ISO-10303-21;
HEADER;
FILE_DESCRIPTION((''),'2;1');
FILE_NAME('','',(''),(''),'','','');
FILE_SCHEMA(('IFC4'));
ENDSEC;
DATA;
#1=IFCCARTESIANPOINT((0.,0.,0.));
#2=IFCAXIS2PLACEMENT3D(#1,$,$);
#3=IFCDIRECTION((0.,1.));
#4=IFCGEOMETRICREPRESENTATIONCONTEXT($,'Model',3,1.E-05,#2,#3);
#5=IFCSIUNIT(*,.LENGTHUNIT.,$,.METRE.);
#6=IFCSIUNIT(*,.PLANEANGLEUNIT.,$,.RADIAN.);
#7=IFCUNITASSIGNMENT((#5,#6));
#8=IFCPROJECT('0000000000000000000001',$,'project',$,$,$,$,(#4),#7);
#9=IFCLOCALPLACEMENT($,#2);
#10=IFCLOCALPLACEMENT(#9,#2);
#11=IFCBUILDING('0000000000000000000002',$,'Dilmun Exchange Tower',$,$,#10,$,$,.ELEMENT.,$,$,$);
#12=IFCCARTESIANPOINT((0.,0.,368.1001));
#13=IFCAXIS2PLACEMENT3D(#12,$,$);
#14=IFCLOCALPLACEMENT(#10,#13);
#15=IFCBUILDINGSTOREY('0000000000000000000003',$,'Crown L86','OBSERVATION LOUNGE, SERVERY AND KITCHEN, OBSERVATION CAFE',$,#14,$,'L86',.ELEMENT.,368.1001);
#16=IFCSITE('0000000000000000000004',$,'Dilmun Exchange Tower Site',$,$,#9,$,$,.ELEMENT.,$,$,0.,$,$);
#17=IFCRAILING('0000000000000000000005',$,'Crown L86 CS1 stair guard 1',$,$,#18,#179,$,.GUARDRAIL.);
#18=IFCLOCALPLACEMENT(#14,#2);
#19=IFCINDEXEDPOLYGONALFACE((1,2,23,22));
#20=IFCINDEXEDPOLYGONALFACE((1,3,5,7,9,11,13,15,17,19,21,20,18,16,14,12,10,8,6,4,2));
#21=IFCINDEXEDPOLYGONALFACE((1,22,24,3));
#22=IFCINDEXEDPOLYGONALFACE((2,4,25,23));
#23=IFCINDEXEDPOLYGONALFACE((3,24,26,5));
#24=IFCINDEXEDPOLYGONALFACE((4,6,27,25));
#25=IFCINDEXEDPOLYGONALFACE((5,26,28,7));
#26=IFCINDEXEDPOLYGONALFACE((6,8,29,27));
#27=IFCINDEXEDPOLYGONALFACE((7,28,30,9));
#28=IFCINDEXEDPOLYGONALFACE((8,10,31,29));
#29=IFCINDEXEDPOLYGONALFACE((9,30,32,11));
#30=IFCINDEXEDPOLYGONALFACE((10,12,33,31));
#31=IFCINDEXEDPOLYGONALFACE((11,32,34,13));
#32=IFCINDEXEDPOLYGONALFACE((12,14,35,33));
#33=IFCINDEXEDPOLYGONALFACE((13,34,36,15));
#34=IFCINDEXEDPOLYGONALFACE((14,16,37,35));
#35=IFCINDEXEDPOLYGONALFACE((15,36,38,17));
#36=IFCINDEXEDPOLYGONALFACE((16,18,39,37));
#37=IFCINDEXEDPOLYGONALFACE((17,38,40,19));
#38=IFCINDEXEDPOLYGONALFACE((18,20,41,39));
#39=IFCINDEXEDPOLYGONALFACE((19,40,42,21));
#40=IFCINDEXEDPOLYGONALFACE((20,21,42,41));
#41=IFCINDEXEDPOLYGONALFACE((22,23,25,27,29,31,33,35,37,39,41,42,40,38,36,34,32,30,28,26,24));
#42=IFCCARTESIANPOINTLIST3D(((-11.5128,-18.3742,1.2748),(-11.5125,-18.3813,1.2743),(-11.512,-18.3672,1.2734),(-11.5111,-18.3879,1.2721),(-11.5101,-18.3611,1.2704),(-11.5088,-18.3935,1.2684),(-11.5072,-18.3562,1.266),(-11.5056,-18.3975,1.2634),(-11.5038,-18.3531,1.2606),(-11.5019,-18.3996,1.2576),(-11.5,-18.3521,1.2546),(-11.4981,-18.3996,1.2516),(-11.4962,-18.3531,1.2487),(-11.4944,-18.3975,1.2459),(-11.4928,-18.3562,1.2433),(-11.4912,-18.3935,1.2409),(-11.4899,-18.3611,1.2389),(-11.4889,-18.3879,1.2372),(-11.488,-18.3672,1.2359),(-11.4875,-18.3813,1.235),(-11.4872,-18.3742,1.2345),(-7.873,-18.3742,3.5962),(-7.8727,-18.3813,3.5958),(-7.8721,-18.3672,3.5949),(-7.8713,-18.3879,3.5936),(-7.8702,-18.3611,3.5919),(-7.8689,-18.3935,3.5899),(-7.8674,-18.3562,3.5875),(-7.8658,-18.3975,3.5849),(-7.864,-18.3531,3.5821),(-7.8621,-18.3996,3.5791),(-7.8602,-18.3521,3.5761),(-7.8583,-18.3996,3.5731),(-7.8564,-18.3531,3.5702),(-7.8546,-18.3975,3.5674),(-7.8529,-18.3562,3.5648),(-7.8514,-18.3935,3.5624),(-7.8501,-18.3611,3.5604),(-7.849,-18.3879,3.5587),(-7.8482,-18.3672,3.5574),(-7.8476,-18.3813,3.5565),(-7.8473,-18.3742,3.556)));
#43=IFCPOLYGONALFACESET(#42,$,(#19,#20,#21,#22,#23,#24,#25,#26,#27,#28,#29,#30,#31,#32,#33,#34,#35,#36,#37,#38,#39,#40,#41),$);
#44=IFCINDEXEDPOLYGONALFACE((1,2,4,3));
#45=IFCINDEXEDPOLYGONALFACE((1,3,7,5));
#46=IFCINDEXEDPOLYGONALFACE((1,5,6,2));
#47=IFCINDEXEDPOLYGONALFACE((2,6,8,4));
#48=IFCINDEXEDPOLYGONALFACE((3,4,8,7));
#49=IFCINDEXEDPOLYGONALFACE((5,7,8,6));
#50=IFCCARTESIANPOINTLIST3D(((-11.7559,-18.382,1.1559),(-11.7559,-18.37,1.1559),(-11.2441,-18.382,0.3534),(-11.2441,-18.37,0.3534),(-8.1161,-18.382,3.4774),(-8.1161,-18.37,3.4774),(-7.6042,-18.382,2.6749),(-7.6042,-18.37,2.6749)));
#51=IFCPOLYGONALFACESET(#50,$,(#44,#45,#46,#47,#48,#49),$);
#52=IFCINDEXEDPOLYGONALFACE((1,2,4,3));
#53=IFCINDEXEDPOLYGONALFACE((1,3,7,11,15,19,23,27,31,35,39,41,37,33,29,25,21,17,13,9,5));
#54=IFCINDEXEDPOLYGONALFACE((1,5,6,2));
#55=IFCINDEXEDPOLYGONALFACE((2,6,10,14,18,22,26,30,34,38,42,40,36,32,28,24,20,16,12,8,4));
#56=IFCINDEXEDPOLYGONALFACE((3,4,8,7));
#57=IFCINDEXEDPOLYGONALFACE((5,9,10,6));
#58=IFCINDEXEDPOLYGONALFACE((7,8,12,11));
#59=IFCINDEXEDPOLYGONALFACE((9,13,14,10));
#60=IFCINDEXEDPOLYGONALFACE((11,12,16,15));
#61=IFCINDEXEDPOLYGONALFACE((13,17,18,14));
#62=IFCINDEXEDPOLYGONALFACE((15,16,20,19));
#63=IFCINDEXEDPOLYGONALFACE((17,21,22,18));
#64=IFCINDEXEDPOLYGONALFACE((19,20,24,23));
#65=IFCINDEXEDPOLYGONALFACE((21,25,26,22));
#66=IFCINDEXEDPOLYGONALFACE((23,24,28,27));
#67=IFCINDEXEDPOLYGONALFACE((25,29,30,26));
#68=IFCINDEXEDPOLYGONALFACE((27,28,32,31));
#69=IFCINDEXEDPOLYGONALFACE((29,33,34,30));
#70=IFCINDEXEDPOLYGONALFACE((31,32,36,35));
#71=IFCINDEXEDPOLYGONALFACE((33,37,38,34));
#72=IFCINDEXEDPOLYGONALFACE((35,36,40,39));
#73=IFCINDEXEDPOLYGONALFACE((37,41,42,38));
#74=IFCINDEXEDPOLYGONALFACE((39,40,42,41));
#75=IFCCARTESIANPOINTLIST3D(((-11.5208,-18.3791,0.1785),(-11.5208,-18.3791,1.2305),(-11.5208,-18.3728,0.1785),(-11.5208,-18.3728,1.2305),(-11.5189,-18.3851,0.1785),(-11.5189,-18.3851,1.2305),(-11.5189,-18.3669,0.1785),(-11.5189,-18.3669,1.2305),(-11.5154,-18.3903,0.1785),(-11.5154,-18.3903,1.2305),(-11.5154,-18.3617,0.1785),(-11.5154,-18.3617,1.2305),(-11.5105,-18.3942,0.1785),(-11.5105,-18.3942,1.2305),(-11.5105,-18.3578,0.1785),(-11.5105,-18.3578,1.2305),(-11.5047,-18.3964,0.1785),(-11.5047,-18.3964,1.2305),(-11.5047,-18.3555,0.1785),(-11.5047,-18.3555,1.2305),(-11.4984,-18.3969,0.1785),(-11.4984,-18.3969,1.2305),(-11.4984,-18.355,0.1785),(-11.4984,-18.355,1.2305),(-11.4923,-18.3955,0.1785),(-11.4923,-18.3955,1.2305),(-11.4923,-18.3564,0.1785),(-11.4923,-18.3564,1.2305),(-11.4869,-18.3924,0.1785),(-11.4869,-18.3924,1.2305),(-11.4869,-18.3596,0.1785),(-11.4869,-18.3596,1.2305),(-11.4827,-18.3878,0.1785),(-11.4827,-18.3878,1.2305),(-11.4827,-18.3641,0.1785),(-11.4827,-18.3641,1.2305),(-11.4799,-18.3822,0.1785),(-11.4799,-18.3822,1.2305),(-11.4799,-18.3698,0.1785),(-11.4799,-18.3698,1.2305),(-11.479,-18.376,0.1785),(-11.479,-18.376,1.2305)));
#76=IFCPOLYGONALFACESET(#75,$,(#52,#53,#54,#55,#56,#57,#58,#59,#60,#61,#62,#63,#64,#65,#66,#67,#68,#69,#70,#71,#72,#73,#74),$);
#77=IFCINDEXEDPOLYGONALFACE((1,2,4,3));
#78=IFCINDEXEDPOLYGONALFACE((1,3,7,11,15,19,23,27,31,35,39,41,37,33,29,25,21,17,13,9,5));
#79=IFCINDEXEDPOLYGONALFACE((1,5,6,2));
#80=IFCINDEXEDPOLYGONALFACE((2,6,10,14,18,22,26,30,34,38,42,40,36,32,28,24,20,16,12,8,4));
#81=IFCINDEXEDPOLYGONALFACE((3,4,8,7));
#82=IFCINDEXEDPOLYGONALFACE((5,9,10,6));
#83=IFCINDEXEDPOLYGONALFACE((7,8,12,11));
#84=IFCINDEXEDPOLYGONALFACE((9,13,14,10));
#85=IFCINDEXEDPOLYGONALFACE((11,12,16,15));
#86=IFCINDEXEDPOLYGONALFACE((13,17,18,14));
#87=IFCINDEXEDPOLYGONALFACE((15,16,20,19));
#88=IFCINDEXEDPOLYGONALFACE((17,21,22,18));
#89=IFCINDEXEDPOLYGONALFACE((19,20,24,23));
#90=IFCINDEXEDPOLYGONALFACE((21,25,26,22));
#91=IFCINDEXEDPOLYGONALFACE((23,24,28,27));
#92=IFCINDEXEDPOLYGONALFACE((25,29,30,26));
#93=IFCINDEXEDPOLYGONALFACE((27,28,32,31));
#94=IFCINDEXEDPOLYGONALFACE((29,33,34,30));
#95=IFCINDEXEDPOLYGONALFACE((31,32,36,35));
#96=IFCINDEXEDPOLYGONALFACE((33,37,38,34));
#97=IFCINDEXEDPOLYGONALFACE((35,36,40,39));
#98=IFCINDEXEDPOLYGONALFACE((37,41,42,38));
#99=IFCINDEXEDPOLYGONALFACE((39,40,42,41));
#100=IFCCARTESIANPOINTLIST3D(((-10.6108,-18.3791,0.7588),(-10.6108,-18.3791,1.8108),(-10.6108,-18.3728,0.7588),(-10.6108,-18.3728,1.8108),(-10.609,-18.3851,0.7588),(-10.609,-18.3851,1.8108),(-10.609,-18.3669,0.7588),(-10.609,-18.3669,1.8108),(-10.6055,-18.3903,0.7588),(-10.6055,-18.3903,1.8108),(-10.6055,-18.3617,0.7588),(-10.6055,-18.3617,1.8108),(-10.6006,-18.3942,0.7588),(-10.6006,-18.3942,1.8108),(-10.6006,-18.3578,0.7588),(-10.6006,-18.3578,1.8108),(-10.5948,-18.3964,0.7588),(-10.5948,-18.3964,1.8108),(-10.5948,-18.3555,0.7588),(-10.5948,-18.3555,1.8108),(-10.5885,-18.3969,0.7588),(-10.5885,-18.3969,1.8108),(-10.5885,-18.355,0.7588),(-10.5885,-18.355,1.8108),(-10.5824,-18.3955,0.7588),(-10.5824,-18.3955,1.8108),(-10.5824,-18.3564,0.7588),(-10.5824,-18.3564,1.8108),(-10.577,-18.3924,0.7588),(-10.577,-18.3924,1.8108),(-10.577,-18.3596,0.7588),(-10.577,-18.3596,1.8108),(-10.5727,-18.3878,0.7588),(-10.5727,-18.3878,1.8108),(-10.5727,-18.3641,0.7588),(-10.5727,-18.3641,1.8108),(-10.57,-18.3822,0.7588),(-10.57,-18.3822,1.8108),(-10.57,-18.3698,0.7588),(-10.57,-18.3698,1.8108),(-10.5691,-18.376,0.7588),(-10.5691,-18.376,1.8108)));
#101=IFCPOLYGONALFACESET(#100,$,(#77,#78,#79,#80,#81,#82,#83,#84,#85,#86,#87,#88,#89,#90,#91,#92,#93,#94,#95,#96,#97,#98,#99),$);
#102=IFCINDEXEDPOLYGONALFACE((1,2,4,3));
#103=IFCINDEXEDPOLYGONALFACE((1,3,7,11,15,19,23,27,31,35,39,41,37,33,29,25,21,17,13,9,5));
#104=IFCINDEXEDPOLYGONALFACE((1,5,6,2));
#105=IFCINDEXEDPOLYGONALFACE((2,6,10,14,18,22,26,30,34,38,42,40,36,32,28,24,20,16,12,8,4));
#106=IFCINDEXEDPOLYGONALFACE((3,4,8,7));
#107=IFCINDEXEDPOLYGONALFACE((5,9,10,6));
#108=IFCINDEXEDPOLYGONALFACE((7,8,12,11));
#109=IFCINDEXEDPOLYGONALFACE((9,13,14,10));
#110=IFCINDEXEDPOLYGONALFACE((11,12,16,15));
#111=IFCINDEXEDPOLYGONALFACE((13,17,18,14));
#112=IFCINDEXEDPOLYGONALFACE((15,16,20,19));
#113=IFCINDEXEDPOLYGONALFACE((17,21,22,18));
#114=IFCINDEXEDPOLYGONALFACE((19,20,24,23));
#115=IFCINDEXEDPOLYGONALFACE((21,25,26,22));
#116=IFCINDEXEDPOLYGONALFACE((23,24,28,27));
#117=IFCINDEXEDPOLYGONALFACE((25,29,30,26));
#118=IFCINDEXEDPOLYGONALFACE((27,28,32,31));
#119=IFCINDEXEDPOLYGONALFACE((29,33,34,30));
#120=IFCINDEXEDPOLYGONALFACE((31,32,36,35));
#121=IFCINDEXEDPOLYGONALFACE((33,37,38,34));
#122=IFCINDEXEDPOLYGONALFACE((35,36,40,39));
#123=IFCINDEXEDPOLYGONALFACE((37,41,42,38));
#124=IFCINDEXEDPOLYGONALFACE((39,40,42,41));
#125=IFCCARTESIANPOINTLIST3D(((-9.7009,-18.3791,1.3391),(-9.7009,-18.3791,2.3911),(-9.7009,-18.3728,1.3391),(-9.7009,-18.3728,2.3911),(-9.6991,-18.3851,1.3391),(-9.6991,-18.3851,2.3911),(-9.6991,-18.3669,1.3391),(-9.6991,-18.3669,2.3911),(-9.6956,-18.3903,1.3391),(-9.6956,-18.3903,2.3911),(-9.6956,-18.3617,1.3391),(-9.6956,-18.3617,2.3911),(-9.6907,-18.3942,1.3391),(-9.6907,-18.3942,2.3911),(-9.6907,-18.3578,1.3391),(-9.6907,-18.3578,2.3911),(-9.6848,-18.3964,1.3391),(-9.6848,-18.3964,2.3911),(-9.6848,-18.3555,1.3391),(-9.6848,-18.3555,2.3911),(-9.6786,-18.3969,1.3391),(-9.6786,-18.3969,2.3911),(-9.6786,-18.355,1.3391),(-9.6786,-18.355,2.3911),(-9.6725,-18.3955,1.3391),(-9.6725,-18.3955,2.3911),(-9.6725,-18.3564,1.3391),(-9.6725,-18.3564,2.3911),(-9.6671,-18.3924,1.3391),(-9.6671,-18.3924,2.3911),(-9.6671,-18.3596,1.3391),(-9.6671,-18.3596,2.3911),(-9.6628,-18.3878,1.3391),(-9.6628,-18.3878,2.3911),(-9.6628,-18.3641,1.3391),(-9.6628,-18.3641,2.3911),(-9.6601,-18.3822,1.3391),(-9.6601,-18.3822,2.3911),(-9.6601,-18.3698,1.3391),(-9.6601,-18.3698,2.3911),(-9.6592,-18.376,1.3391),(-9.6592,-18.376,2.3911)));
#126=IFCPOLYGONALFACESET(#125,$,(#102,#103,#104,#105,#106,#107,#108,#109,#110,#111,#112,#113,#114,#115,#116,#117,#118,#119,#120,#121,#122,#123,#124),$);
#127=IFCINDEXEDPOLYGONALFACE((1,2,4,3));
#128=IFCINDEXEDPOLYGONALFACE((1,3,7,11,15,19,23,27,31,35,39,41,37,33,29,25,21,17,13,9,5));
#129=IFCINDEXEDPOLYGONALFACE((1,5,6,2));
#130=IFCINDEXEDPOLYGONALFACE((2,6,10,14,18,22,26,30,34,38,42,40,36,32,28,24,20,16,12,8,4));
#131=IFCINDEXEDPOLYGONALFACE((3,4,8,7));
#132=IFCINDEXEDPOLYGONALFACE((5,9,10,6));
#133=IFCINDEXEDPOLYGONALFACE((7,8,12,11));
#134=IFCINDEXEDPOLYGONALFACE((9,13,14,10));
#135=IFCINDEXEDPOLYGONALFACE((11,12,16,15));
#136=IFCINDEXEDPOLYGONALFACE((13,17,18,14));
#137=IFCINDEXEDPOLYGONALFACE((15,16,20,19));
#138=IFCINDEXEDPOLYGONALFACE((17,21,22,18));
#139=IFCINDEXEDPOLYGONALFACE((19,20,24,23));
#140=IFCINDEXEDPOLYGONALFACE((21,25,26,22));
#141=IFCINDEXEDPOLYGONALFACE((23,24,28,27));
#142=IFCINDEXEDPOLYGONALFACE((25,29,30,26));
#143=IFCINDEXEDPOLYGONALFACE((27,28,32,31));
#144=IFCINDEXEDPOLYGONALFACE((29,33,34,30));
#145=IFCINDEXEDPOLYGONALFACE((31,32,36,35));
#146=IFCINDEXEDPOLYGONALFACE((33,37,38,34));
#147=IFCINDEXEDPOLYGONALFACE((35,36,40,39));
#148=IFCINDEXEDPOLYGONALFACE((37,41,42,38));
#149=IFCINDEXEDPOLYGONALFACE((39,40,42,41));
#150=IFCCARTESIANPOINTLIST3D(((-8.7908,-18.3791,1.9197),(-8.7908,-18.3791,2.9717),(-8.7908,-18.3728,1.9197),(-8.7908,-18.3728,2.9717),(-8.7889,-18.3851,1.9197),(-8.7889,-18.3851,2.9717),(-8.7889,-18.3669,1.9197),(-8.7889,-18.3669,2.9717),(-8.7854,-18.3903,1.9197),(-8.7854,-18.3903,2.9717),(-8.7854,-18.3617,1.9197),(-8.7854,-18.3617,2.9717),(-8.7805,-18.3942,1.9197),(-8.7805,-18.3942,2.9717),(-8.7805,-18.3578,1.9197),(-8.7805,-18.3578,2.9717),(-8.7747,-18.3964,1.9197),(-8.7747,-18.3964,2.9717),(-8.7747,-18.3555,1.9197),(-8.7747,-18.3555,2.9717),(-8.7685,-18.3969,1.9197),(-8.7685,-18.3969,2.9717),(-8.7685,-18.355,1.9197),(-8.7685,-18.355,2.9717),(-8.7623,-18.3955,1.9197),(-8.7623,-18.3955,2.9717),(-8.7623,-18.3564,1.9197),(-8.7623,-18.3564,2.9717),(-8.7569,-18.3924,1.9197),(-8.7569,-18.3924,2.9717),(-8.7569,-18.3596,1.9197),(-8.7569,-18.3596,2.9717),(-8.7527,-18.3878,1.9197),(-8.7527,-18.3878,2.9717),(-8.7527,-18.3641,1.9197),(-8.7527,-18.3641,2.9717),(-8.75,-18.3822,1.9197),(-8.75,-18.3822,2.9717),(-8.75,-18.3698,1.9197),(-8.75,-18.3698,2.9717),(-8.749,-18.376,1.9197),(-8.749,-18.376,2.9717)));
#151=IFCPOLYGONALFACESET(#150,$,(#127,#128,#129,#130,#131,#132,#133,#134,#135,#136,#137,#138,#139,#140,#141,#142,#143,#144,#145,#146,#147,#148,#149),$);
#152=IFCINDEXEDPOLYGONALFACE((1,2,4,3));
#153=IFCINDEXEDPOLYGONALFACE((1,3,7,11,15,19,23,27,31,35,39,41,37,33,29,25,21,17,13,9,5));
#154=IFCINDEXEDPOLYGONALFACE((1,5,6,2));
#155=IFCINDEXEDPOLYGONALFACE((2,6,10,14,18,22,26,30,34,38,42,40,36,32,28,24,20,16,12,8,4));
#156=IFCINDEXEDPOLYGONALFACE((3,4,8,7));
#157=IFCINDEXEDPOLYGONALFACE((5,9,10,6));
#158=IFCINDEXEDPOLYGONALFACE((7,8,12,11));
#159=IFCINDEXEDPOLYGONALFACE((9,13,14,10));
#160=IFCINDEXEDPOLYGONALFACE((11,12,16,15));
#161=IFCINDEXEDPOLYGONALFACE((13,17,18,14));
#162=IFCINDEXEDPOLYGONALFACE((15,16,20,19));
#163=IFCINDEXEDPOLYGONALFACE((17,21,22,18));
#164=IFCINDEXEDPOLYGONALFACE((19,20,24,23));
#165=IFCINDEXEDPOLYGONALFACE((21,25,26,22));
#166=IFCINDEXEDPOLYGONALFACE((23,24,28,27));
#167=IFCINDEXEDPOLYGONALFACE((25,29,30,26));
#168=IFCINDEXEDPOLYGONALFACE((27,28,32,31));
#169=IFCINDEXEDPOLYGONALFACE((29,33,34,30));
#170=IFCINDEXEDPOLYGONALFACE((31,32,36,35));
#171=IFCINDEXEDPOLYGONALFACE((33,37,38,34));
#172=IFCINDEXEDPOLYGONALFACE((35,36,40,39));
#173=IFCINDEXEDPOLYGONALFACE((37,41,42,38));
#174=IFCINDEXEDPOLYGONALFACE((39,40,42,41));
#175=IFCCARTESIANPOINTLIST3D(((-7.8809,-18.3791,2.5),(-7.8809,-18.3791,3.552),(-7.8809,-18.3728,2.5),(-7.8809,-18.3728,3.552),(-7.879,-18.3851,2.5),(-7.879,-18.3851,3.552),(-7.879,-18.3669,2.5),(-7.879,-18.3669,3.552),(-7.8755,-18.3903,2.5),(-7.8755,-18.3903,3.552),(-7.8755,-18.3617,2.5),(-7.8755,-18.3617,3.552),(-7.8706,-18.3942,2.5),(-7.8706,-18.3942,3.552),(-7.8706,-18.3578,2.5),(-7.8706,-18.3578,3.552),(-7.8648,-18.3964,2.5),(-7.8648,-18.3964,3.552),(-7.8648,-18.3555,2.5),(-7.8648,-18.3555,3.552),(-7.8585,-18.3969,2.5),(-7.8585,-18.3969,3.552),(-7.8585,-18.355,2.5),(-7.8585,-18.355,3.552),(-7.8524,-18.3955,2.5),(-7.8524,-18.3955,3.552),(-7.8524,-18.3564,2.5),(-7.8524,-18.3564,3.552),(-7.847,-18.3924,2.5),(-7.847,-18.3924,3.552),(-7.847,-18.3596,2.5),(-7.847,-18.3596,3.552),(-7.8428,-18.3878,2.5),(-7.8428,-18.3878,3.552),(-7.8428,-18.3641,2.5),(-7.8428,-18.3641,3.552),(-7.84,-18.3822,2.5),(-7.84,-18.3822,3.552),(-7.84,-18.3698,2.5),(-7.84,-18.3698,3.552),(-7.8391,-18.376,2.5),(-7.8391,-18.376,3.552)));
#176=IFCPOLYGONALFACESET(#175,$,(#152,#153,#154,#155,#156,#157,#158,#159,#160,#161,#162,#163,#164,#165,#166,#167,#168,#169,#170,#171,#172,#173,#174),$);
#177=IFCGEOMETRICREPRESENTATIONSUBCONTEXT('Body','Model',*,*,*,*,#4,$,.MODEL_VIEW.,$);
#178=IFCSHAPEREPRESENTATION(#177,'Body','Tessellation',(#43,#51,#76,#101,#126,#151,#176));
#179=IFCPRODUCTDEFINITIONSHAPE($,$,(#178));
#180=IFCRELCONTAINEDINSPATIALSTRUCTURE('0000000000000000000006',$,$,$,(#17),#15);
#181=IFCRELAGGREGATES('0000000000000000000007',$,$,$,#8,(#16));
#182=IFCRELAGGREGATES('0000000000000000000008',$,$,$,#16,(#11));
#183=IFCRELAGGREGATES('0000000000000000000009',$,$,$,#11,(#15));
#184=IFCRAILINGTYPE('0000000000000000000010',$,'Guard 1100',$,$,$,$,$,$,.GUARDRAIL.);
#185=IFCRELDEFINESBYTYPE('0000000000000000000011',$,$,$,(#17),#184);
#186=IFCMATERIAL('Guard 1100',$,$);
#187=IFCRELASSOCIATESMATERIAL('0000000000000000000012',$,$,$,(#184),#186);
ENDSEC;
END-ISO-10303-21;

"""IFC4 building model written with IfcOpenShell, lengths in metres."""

from ifc_helpers import new_model, si_unit, direction, frame, origin, origin_2d, place, context, subcontext, project, spatial, rectangle, circle, extrude, material, type_object, element, save


model = new_model("IFC4")

# Units and contexts
model_context = context("Model", 3, precision=1e-05, world=origin(), true_north=direction((0.0, 1.0)))
body_context = subcontext(model_context, "Body", "Model", "MODEL_VIEW")
ifc_project = project(units=[si_unit("LENGTHUNIT", "METRE"), si_unit("PLANEANGLEUNIT", "RADIAN")], contexts=[model_context])

# Site, building, storey
site_placement = place(None, origin())
site = spatial("IfcSite", under=ifc_project, at=site_placement, Name="Dilmun Exchange Tower Site", CompositionType="ELEMENT", RefElevation=0.0)
building_placement = place(site_placement, origin())
building = spatial("IfcBuilding", under=site, at=building_placement, Name="Dilmun Exchange Tower", CompositionType="ELEMENT")
storey_placement = place(building_placement, frame((0.0, 0.0, 368.1001)))
storey = spatial("IfcBuildingStorey", under=building, at=storey_placement, Name="Crown L86", Description="OBSERVATION LOUNGE, SERVERY AND KITCHEN, OBSERVATION CAFE", LongName="L86", CompositionType="ELEMENT", Elevation=368.1001)

# Railing
ifc_material_1 = material(Name="Guard 1100")
railing_type_1 = type_object("IfcRailingType", Name="Guard 1100", PredefinedType="GUARDRAIL", material=ifc_material_1)
railing_1_placement = place(storey_placement, frame((-11.5, -18.376, 0.1785)))
element("IfcRailing", 1, at=railing_1_placement, inside=storey, type_object=railing_type_1, Name="Crown L86 CS1 stair guard 1", PredefinedType="GUARDRAIL", context=body_context, shape_type="SweptSolid", body=[
    extrude(circle(Radius=0.0239, at=origin_2d()), frame((0.0, 0.0, 1.0762), z_axis=(0.843112, 0.0, 0.537739), x_axis=(0.0, 1.0, 0.0)), (0.0, 0.0, 1.0), 4.3171),
    extrude(rectangle(XDim=0.012, YDim=0.9519, at=origin_2d()), frame((0.0, 0.0, 0.5762), z_axis=(0.843112, 0.0, 0.537739), x_axis=(0.0, 1.0, 0.0)), (0.0, 0.0, 1.0), 4.3171),
    extrude(circle(Radius=0.021, at=origin_2d()), origin(), (0.0, 0.0, 1.0), 1.052),
    extrude(circle(Radius=0.021, at=origin_2d()), frame((0.9099, 0.0, 0.5803)), (0.0, 0.0, 1.0), 1.052),
    extrude(circle(Radius=0.021, at=origin_2d()), frame((1.8198, 0.0, 1.1606)), (0.0, 0.0, 1.0), 1.052),
    extrude(circle(Radius=0.021, at=origin_2d()), frame((2.73, 0.0, 1.7412)), (0.0, 0.0, 1.0), 1.052),
    extrude(circle(Radius=0.021, at=origin_2d()), frame((3.6399, 0.0, 2.3215)), (0.0, 0.0, 1.0), 1.052),
])

save(model, "model.ifc")
